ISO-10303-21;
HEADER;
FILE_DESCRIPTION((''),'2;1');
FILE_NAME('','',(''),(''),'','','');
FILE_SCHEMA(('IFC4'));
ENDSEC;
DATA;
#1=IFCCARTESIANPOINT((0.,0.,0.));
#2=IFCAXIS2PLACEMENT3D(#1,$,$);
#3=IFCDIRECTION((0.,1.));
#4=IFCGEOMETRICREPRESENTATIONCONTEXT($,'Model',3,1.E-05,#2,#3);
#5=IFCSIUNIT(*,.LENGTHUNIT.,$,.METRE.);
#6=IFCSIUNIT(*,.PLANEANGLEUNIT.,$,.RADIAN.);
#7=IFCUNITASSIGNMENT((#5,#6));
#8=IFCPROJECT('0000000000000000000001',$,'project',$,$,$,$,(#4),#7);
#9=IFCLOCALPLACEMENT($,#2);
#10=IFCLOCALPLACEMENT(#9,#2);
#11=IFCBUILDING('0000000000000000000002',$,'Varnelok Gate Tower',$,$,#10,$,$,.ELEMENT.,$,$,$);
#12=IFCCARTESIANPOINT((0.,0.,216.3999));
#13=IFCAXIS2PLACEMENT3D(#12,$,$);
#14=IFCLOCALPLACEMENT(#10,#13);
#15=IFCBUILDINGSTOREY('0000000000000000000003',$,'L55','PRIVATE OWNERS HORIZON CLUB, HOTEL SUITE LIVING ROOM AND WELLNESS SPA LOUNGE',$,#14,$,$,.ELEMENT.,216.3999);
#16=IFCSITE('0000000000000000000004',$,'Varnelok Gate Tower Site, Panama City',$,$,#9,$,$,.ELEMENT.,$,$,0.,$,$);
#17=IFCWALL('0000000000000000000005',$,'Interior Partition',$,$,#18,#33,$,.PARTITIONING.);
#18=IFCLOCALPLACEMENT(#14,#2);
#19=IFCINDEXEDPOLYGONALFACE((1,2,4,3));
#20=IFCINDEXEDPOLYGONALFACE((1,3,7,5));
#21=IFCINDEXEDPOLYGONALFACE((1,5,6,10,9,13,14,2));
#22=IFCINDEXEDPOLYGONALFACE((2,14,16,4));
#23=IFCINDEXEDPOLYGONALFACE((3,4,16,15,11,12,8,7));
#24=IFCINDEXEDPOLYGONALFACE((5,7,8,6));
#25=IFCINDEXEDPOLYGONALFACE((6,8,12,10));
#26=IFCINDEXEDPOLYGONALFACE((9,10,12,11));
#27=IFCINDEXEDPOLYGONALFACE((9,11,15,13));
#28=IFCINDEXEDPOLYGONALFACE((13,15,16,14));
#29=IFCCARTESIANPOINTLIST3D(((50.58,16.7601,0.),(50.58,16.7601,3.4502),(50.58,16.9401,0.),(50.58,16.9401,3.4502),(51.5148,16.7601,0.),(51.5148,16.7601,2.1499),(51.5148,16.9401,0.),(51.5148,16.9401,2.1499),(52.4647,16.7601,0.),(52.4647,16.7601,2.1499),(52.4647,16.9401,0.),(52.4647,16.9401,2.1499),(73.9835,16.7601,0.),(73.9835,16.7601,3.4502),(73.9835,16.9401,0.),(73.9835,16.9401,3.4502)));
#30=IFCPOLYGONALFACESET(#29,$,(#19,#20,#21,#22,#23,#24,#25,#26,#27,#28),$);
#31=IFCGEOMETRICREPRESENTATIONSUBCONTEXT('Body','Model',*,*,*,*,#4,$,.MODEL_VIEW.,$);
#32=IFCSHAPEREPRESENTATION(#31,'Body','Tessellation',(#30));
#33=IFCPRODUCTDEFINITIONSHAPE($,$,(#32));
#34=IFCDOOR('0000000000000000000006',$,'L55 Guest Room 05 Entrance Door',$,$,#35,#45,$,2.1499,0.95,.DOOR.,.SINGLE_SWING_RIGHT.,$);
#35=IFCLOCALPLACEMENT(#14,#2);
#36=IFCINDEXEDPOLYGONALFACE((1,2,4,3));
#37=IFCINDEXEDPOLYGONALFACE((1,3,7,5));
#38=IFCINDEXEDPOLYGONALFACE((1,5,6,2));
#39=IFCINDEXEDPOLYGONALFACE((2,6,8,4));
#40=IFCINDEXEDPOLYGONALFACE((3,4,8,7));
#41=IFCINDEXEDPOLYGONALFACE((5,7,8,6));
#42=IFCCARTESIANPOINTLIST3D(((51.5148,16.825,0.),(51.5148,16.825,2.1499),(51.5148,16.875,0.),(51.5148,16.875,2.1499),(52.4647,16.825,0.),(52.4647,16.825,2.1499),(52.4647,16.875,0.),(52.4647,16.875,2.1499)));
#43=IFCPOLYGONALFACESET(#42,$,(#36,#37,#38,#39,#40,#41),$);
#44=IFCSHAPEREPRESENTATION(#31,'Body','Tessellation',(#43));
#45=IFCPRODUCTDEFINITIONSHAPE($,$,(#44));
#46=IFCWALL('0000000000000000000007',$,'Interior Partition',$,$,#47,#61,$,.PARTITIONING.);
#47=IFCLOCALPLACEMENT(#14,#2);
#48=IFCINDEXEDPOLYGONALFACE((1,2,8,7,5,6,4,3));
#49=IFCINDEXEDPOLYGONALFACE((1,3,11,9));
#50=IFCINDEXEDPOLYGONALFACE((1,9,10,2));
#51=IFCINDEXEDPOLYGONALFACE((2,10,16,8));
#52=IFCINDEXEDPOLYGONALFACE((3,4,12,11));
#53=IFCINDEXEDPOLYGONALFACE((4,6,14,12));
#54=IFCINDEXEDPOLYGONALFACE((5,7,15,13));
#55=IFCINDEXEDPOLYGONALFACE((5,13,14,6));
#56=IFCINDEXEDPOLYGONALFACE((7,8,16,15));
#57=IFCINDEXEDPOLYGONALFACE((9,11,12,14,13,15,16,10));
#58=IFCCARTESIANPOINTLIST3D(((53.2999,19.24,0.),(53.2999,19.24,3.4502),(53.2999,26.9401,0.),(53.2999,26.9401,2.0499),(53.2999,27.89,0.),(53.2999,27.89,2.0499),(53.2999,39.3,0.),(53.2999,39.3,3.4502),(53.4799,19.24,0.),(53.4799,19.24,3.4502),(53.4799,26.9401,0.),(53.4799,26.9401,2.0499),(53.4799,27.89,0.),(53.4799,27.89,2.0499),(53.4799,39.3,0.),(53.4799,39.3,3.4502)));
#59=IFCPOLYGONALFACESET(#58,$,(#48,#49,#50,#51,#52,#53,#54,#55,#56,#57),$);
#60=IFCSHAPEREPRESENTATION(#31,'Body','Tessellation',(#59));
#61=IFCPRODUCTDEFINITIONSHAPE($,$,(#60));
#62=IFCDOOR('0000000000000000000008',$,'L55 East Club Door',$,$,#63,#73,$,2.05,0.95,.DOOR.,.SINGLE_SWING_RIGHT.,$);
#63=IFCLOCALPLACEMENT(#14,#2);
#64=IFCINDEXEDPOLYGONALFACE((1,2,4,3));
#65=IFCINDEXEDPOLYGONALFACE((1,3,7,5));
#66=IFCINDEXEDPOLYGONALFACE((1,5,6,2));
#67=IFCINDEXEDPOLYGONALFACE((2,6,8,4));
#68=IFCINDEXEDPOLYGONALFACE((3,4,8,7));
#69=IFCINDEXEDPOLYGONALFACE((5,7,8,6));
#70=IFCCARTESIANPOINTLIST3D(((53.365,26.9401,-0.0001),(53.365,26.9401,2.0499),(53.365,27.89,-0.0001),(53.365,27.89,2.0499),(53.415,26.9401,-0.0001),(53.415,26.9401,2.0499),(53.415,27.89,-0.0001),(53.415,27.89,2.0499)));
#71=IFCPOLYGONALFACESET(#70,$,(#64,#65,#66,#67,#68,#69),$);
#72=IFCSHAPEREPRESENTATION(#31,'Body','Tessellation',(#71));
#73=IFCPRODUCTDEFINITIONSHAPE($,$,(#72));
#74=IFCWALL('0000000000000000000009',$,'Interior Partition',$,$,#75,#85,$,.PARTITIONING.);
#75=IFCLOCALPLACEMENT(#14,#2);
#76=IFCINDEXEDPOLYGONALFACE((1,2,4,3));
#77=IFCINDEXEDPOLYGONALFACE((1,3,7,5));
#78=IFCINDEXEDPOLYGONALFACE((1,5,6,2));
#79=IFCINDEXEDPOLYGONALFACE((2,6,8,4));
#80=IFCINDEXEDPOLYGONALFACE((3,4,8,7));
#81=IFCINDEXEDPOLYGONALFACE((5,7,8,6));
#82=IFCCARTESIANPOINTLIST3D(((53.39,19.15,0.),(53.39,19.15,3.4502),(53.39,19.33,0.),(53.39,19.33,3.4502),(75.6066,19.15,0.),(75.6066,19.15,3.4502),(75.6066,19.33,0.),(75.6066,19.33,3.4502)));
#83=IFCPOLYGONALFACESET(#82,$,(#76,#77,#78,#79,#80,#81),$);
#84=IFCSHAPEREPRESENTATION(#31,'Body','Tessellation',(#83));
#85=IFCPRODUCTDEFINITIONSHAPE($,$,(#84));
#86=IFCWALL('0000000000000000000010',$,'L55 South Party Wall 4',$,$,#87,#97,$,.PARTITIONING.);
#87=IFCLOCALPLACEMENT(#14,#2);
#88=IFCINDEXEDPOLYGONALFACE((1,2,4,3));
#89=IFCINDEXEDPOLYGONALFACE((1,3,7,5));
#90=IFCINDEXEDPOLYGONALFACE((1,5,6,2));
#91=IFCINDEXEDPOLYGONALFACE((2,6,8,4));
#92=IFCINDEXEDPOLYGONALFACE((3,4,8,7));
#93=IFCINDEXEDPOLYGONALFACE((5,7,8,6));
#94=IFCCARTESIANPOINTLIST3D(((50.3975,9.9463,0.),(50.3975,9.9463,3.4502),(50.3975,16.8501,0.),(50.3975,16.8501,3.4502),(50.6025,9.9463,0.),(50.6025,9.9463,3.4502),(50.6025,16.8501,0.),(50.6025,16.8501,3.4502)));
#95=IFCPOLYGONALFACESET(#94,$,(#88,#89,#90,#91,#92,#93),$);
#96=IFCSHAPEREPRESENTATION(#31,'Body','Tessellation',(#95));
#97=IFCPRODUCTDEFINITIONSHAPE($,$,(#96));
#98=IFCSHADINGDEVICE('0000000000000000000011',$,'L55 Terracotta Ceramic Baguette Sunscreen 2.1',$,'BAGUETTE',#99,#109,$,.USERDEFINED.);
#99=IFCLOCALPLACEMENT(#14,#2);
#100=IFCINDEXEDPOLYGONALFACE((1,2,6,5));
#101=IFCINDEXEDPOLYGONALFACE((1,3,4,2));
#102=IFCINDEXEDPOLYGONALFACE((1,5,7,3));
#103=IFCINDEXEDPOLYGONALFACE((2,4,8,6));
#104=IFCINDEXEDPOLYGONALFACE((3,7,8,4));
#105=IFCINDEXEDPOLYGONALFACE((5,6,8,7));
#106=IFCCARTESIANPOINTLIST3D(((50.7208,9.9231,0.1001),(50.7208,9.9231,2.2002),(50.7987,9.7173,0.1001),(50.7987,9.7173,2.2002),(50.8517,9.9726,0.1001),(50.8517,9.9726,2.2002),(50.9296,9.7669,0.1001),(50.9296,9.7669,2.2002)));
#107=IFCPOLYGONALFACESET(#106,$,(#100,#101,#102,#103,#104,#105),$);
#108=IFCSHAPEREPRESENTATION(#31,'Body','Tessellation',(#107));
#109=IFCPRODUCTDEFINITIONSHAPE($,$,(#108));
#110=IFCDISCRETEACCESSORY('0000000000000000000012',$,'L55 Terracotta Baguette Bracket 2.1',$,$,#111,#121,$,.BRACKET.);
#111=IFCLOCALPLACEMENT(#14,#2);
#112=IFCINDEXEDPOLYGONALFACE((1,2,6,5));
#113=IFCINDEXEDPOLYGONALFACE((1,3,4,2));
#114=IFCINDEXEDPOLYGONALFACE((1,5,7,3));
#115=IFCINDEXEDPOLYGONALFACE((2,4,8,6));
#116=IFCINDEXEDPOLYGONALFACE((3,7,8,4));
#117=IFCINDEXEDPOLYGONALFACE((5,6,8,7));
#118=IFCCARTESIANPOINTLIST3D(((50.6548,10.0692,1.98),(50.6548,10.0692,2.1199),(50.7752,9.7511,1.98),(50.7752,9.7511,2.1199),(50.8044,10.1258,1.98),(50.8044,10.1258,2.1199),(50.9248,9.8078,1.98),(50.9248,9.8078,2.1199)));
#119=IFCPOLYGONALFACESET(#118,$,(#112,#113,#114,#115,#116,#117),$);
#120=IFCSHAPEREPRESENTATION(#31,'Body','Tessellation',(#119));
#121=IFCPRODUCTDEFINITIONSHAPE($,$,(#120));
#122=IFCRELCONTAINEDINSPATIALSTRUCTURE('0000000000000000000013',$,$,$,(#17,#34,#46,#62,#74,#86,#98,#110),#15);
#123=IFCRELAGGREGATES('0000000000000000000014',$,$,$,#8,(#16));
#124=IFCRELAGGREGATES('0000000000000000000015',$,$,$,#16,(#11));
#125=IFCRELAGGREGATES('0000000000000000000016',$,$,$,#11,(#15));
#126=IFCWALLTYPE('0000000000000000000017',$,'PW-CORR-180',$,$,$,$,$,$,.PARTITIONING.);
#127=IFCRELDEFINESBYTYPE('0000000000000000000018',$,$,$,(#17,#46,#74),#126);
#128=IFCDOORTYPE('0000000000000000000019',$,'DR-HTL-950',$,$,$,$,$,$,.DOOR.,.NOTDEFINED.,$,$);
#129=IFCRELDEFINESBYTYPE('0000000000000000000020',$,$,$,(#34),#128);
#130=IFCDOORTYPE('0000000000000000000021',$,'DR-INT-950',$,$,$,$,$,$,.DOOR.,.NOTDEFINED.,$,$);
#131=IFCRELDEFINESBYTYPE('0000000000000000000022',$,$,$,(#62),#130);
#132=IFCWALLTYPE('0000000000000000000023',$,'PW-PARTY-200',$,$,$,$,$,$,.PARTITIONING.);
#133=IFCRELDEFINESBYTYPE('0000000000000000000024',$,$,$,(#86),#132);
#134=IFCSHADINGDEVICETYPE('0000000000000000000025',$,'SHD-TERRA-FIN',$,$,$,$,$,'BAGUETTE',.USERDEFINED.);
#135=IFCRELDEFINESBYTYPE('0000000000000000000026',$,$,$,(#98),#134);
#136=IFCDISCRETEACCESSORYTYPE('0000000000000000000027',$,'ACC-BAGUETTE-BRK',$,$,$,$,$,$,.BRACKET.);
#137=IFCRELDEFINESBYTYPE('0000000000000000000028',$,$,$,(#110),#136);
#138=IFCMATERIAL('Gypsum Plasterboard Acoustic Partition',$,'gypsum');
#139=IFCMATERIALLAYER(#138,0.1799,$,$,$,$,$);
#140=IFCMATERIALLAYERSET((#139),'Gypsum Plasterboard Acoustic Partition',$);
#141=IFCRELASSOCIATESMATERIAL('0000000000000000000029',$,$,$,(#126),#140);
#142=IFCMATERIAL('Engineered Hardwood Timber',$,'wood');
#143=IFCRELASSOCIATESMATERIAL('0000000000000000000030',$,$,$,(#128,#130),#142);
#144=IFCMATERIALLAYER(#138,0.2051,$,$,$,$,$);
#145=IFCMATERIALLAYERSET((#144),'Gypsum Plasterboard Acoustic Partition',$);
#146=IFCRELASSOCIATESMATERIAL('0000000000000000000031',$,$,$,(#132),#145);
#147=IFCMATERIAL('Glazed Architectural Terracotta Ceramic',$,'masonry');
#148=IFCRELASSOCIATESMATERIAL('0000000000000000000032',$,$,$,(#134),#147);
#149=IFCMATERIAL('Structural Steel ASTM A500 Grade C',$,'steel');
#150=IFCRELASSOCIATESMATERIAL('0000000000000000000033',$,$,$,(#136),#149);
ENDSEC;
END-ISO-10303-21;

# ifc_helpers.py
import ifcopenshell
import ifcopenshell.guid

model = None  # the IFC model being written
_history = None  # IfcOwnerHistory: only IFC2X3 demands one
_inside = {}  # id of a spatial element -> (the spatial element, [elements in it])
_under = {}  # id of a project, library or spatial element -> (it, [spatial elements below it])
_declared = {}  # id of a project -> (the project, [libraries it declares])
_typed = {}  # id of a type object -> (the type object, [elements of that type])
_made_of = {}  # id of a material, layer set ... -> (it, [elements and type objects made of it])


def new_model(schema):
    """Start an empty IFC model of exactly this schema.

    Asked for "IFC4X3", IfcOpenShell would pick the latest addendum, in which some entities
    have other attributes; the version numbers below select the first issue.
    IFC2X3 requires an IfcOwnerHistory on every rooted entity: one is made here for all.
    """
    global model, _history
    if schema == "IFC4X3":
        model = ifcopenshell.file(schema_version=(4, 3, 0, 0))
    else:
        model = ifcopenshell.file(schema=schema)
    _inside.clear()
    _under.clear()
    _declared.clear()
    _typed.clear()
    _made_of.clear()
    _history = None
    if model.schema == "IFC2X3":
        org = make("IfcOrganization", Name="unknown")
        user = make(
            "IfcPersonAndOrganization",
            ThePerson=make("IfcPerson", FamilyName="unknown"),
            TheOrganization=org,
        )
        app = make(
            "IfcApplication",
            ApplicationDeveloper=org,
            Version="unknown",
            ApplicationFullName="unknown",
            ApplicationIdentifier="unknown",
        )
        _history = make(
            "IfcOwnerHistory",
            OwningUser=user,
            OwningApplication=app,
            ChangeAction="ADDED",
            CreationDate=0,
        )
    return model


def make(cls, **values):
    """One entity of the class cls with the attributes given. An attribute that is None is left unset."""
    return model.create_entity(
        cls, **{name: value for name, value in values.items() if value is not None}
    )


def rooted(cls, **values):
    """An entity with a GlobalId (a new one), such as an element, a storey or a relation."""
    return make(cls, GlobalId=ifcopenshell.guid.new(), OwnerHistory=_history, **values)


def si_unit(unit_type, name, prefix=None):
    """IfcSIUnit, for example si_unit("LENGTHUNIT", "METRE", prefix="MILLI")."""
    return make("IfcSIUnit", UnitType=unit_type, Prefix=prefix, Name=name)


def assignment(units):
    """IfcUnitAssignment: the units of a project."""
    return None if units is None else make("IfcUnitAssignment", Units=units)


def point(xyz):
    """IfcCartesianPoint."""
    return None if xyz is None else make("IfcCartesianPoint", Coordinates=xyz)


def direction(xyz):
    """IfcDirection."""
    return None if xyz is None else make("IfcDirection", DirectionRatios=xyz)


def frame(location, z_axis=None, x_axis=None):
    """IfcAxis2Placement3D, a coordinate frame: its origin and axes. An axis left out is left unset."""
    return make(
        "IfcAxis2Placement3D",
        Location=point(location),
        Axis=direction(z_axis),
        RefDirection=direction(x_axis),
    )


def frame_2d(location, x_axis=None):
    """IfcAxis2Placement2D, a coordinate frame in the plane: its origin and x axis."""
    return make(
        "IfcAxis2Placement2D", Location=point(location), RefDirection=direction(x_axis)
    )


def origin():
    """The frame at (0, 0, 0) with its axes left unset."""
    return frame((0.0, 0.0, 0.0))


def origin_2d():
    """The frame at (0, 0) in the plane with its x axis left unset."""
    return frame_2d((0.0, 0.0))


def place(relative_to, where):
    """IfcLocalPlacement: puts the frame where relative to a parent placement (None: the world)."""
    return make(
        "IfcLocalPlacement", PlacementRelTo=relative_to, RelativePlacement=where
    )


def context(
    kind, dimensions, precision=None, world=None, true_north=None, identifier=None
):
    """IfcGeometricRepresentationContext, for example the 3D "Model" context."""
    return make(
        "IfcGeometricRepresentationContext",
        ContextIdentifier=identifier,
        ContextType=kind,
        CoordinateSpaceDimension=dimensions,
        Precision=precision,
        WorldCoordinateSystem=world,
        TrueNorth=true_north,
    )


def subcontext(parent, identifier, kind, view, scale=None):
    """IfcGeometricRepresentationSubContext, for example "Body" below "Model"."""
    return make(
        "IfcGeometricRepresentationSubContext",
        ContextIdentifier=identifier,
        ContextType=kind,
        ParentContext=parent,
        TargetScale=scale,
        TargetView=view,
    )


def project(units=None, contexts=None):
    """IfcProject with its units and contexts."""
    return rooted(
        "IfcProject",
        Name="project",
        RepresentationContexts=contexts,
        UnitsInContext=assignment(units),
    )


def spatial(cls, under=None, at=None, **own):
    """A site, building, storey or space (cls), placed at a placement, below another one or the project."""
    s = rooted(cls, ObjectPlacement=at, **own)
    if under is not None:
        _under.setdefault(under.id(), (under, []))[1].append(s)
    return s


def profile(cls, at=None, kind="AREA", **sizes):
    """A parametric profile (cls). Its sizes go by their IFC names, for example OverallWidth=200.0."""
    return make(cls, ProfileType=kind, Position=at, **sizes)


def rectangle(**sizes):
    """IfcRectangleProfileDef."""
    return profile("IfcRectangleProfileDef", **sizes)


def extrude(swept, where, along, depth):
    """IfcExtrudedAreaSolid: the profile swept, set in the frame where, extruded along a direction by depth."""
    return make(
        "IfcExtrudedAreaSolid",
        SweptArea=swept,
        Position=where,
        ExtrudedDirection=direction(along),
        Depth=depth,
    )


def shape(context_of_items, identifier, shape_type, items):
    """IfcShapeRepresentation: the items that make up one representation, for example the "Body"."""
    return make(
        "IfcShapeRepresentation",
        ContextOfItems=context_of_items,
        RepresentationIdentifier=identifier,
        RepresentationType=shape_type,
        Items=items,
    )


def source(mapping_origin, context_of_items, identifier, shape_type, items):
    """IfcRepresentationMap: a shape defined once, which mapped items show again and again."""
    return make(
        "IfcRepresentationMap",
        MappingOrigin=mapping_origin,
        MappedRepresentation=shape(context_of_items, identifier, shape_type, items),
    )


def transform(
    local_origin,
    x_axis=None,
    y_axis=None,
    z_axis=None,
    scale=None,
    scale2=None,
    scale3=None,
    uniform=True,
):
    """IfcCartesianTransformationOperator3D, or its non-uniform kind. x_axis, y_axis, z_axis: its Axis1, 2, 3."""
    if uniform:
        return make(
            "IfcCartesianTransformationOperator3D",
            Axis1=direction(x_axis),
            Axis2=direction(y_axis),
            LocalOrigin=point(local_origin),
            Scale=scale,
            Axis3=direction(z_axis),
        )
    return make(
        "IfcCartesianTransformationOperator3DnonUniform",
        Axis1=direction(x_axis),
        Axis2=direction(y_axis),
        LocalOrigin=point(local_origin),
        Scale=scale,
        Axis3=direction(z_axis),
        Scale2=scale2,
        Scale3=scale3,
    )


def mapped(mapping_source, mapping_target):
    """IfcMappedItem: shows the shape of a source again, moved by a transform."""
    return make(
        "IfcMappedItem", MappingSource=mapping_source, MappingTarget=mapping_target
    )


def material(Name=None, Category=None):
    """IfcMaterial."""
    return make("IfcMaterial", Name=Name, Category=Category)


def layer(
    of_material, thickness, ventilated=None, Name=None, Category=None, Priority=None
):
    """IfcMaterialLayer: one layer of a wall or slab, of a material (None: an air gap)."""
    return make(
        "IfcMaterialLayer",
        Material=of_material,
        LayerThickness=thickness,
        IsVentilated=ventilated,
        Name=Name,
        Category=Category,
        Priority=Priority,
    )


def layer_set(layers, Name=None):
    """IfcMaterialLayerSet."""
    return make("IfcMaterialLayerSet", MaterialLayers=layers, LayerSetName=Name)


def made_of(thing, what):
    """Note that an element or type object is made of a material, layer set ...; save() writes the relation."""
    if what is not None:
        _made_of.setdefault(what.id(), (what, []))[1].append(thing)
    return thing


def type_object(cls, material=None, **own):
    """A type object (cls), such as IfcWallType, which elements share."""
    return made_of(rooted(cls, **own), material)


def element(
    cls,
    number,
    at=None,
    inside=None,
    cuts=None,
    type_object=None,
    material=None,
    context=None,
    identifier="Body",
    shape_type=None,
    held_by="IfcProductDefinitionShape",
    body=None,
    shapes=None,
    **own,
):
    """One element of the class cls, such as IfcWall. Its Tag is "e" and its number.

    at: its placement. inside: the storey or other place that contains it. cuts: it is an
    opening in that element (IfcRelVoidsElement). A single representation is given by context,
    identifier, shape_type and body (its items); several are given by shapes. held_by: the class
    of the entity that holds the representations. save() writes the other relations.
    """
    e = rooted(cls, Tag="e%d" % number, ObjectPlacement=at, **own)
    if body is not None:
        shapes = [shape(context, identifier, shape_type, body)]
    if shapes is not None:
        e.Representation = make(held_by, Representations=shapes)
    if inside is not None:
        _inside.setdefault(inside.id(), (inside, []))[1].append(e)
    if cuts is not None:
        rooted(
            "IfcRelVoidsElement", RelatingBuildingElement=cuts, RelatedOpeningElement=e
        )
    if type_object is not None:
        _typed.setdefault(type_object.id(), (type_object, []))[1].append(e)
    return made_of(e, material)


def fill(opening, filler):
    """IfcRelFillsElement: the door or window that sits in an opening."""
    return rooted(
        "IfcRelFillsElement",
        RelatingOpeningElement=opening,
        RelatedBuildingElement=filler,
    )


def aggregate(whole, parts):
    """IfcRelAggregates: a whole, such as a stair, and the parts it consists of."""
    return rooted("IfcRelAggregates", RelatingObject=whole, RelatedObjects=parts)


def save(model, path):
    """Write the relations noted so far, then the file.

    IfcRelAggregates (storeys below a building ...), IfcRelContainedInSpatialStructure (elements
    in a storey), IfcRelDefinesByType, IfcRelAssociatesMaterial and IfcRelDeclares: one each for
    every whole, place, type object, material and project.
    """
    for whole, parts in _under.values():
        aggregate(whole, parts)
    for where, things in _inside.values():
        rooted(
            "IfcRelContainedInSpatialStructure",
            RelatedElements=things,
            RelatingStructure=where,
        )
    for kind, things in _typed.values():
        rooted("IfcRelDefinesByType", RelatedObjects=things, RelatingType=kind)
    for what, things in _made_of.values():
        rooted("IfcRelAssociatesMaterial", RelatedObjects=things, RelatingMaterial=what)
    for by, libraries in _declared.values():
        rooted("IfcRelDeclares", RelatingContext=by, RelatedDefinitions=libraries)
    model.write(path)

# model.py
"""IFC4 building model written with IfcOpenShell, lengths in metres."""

from ifc_helpers import new_model, si_unit, direction, frame, frame_2d, origin, origin_2d, place, context, subcontext, project, spatial, rectangle, extrude, source, transform, mapped, material, layer, layer_set, type_object, element, fill, save


model = new_model("IFC4")

# Units and contexts
model_context = context("Model", 3, precision=1e-05, world=origin(), true_north=direction((0.0, 1.0)))
body_context = subcontext(model_context, "Body", "Model", "MODEL_VIEW")
ifc_project = project(units=[si_unit("LENGTHUNIT", "METRE"), si_unit("PLANEANGLEUNIT", "RADIAN")], contexts=[model_context])

# Site, building, storey
site_placement = place(None, origin())
site = spatial("IfcSite", under=ifc_project, at=site_placement, Name="Varnelok Gate Tower Site, Panama City", CompositionType="ELEMENT", RefElevation=0.0)
building_placement = place(site_placement, origin())
building = spatial("IfcBuilding", under=site, at=building_placement, Name="Varnelok Gate Tower", CompositionType="ELEMENT")
storey_placement = place(building_placement, frame((0.0, 0.0, 216.3999)))
storey = spatial("IfcBuildingStorey", under=building, at=storey_placement, Name="L55", Description="PRIVATE OWNERS HORIZON CLUB, HOTEL SUITE LIVING ROOM AND WELLNESS SPA LOUNGE", CompositionType="ELEMENT", Elevation=216.3999)

# Walls, openings, doors
ifc_material_1 = material(Name="Gypsum Plasterboard Acoustic Partition", Category="gypsum")
ifc_layer_1 = layer(ifc_material_1, 0.1799)
ifc_layer_set_1 = layer_set([ifc_layer_1], Name="Gypsum Plasterboard Acoustic Partition")
wall_type_1 = type_object("IfcWallType", Name="PW-CORR-180", PredefinedType="PARTITIONING", material=ifc_layer_set_1)
wall_1_placement = place(storey_placement, frame((50.5801, 16.8501, 0.0), z_axis=(0.0, 0.0, 1.0), x_axis=(1.0, 0.0, 0.0)))
wall_1 = element("IfcWall", 1, at=wall_1_placement, inside=storey, type_object=wall_type_1, Name="Interior Partition", PredefinedType="PARTITIONING", context=body_context, shape_type="SweptSolid", body=[
    extrude(rectangle(XDim=23.4036, YDim=0.1799, at=frame_2d((11.7017, 0.0))), origin(), (0.0, 0.0, 1.0), 3.4502),
])
opening_1_placement = place(wall_1_placement, frame((0.9346, 0.0, 0.0)))
opening_1 = element("IfcOpeningElement", 2, at=opening_1_placement, cuts=wall_1, PredefinedType="OPENING", context=body_context, shape_type="SweptSolid", body=[
    extrude(rectangle(XDim=0.95, YDim=2.1499, at=frame_2d((0.4751, 1.075))), frame((0.0, 0.0999, 0.0), z_axis=(0.0, -1.0, 0.0), x_axis=(1.0, 0.0, 0.0)), (0.0, 0.0, 1.0), 0.2),
])
ifc_material_2 = material(Name="Engineered Hardwood Timber", Category="wood")
door_type_1 = type_object("IfcDoorType", Name="DR-HTL-950", OperationType="NOTDEFINED", PredefinedType="DOOR", material=ifc_material_2)
door_1_placement = place(opening_1_placement, origin())
door_1 = element("IfcDoor", 3, at=door_1_placement, inside=storey, type_object=door_type_1, Name="L55 Guest Room 05 Entrance Door", OperationType="SINGLE_SWING_RIGHT", OverallHeight=2.1499, OverallWidth=0.95, PredefinedType="DOOR", context=body_context, shape_type="SweptSolid", body=[
    extrude(rectangle(XDim=0.95, YDim=2.1499, at=frame_2d((0.4751, 1.075))), frame((0.0, 0.0249, 0.0), z_axis=(0.0, -1.0, 0.0), x_axis=(1.0, 0.0, 0.0)), (0.0, 0.0, 1.0), 0.05),
])
fill(opening_1, door_1)
wall_2_placement = place(storey_placement, frame((53.3899, 19.24, 0.0), z_axis=(0.0, 0.0, 1.0), x_axis=(0.0, 1.0, 0.0)))
wall_2 = element("IfcWall", 4, at=wall_2_placement, inside=storey, type_object=wall_type_1, Name="Interior Partition", PredefinedType="PARTITIONING", context=body_context, shape_type="SweptSolid", body=[
    extrude(rectangle(XDim=20.0601, YDim=0.1799, at=frame_2d((10.03, 0.0))), origin(), (0.0, 0.0, 1.0), 3.4502),
])
opening_2_placement = place(wall_2_placement, frame((7.7, 0.0, 0.0)))
opening_2 = element("IfcOpeningElement", 5, at=opening_2_placement, cuts=wall_2, PredefinedType="OPENING", context=body_context, shape_type="SweptSolid", body=[
    extrude(rectangle(XDim=0.95, YDim=2.05, at=frame_2d((0.4751, 1.0249))), frame((0.0, 0.0999, 0.0), z_axis=(0.0, -1.0, 0.0), x_axis=(1.0, 0.0, 0.0)), (0.0, 0.0, 1.0), 0.2),
])
door_type_2 = type_object("IfcDoorType", Name="DR-INT-950", OperationType="NOTDEFINED", PredefinedType="DOOR", material=ifc_material_2)
door_2_placement = place(opening_2_placement, origin())
door_2 = element("IfcDoor", 6, at=door_2_placement, inside=storey, type_object=door_type_2, Name="L55 East Club Door", OperationType="SINGLE_SWING_RIGHT", OverallHeight=2.05, OverallWidth=0.95, PredefinedType="DOOR", context=body_context, shape_type="SweptSolid", body=[
    extrude(rectangle(XDim=0.95, YDim=2.05, at=frame_2d((0.4751, 1.0249))), frame((0.0, 0.0249, 0.0), z_axis=(0.0, -1.0, 0.0), x_axis=(1.0, 0.0, 0.0)), (0.0, 0.0, 1.0), 0.05),
])
fill(opening_2, door_2)

# Walls
wall_3_placement = place(storey_placement, frame((53.3899, 19.24, 0.0), z_axis=(0.0, 0.0, 1.0), x_axis=(1.0, 0.0, 0.0)))
element("IfcWall", 7, at=wall_3_placement, inside=storey, type_object=wall_type_1, Name="Interior Partition", PredefinedType="PARTITIONING", context=body_context, shape_type="SweptSolid", body=[
    extrude(rectangle(XDim=22.2166, YDim=0.1799, at=frame_2d((11.1084, 0.0))), origin(), (0.0, 0.0, 1.0), 3.4502),
])
ifc_layer_2 = layer(ifc_material_1, 0.2051)
ifc_layer_set_2 = layer_set([ifc_layer_2], Name="Gypsum Plasterboard Acoustic Partition")
wall_type_2 = type_object("IfcWallType", Name="PW-PARTY-200", PredefinedType="PARTITIONING", material=ifc_layer_set_2)
wall_4_placement = place(storey_placement, frame((50.5, 9.9463, 0.0), z_axis=(0.0, 0.0, 1.0), x_axis=(0.0, 1.0, 0.0)))
element("IfcWall", 8, at=wall_4_placement, inside=storey, type_object=wall_type_2, Name="L55 South Party Wall 4", PredefinedType="PARTITIONING", context=body_context, shape_type="SweptSolid", body=[
    extrude(rectangle(XDim=6.9038, YDim=0.2051, at=frame_2d((3.4519, 0.0))), origin(), (0.0, 0.0, 1.0), 3.4502),
])

# Shading device
ifc_material_3 = material(Name="Glazed Architectural Terracotta Ceramic", Category="masonry")
shading_device_type = type_object("IfcShadingDeviceType", Name="SHD-TERRA-FIN", ElementType="BAGUETTE", PredefinedType="USERDEFINED", material=ifc_material_3)
shared_shape_1 = source(origin(), body_context, "Body", "SweptSolid", [
    extrude(rectangle(XDim=0.1399, YDim=0.22, at=origin_2d()), origin(), (0.0, 0.0, 1.0), 2.1001),
])
shading_device_placement = place(storey_placement, frame((50.8252, 9.845, 0.1001), z_axis=(0.0, 0.0, 1.0), x_axis=(0.935222, 0.354063, 0.0)))
element("IfcShadingDevice", 9, at=shading_device_placement, inside=storey, type_object=shading_device_type, Name="L55 Terracotta Ceramic Baguette Sunscreen 2.1", ObjectType="BAGUETTE", PredefinedType="USERDEFINED", context=body_context, shape_type="MappedRepresentation", body=[
    mapped(shared_shape_1, transform((0.0, 0.0, 0.0), scale=1.0)),
])

# Discrete accessory
ifc_material_4 = material(Name="Structural Steel ASTM A500 Grade C", Category="steel")
discrete_accessory_type = type_object("IfcDiscreteAccessoryType", Name="ACC-BAGUETTE-BRK", PredefinedType="BRACKET", material=ifc_material_4)
shared_shape_2 = source(origin(), body_context, "Body", "SweptSolid", [
    extrude(rectangle(XDim=0.1599, YDim=0.3401, at=origin_2d()), origin(), (0.0, 0.0, 1.0), 0.1399),
])
discrete_accessory_placement = place(storey_placement, frame((50.7898, 9.9385, 1.98), z_axis=(0.0, 0.0, 1.0), x_axis=(0.935222, 0.354063, 0.0)))
element("IfcDiscreteAccessory", 10, at=discrete_accessory_placement, inside=storey, type_object=discrete_accessory_type, Name="L55 Terracotta Baguette Bracket 2.1", PredefinedType="BRACKET", context=body_context, shape_type="MappedRepresentation", body=[
    mapped(shared_shape_2, transform((0.0, 0.0, 0.0), scale=1.0)),
])

save(model, "model.ifc")
